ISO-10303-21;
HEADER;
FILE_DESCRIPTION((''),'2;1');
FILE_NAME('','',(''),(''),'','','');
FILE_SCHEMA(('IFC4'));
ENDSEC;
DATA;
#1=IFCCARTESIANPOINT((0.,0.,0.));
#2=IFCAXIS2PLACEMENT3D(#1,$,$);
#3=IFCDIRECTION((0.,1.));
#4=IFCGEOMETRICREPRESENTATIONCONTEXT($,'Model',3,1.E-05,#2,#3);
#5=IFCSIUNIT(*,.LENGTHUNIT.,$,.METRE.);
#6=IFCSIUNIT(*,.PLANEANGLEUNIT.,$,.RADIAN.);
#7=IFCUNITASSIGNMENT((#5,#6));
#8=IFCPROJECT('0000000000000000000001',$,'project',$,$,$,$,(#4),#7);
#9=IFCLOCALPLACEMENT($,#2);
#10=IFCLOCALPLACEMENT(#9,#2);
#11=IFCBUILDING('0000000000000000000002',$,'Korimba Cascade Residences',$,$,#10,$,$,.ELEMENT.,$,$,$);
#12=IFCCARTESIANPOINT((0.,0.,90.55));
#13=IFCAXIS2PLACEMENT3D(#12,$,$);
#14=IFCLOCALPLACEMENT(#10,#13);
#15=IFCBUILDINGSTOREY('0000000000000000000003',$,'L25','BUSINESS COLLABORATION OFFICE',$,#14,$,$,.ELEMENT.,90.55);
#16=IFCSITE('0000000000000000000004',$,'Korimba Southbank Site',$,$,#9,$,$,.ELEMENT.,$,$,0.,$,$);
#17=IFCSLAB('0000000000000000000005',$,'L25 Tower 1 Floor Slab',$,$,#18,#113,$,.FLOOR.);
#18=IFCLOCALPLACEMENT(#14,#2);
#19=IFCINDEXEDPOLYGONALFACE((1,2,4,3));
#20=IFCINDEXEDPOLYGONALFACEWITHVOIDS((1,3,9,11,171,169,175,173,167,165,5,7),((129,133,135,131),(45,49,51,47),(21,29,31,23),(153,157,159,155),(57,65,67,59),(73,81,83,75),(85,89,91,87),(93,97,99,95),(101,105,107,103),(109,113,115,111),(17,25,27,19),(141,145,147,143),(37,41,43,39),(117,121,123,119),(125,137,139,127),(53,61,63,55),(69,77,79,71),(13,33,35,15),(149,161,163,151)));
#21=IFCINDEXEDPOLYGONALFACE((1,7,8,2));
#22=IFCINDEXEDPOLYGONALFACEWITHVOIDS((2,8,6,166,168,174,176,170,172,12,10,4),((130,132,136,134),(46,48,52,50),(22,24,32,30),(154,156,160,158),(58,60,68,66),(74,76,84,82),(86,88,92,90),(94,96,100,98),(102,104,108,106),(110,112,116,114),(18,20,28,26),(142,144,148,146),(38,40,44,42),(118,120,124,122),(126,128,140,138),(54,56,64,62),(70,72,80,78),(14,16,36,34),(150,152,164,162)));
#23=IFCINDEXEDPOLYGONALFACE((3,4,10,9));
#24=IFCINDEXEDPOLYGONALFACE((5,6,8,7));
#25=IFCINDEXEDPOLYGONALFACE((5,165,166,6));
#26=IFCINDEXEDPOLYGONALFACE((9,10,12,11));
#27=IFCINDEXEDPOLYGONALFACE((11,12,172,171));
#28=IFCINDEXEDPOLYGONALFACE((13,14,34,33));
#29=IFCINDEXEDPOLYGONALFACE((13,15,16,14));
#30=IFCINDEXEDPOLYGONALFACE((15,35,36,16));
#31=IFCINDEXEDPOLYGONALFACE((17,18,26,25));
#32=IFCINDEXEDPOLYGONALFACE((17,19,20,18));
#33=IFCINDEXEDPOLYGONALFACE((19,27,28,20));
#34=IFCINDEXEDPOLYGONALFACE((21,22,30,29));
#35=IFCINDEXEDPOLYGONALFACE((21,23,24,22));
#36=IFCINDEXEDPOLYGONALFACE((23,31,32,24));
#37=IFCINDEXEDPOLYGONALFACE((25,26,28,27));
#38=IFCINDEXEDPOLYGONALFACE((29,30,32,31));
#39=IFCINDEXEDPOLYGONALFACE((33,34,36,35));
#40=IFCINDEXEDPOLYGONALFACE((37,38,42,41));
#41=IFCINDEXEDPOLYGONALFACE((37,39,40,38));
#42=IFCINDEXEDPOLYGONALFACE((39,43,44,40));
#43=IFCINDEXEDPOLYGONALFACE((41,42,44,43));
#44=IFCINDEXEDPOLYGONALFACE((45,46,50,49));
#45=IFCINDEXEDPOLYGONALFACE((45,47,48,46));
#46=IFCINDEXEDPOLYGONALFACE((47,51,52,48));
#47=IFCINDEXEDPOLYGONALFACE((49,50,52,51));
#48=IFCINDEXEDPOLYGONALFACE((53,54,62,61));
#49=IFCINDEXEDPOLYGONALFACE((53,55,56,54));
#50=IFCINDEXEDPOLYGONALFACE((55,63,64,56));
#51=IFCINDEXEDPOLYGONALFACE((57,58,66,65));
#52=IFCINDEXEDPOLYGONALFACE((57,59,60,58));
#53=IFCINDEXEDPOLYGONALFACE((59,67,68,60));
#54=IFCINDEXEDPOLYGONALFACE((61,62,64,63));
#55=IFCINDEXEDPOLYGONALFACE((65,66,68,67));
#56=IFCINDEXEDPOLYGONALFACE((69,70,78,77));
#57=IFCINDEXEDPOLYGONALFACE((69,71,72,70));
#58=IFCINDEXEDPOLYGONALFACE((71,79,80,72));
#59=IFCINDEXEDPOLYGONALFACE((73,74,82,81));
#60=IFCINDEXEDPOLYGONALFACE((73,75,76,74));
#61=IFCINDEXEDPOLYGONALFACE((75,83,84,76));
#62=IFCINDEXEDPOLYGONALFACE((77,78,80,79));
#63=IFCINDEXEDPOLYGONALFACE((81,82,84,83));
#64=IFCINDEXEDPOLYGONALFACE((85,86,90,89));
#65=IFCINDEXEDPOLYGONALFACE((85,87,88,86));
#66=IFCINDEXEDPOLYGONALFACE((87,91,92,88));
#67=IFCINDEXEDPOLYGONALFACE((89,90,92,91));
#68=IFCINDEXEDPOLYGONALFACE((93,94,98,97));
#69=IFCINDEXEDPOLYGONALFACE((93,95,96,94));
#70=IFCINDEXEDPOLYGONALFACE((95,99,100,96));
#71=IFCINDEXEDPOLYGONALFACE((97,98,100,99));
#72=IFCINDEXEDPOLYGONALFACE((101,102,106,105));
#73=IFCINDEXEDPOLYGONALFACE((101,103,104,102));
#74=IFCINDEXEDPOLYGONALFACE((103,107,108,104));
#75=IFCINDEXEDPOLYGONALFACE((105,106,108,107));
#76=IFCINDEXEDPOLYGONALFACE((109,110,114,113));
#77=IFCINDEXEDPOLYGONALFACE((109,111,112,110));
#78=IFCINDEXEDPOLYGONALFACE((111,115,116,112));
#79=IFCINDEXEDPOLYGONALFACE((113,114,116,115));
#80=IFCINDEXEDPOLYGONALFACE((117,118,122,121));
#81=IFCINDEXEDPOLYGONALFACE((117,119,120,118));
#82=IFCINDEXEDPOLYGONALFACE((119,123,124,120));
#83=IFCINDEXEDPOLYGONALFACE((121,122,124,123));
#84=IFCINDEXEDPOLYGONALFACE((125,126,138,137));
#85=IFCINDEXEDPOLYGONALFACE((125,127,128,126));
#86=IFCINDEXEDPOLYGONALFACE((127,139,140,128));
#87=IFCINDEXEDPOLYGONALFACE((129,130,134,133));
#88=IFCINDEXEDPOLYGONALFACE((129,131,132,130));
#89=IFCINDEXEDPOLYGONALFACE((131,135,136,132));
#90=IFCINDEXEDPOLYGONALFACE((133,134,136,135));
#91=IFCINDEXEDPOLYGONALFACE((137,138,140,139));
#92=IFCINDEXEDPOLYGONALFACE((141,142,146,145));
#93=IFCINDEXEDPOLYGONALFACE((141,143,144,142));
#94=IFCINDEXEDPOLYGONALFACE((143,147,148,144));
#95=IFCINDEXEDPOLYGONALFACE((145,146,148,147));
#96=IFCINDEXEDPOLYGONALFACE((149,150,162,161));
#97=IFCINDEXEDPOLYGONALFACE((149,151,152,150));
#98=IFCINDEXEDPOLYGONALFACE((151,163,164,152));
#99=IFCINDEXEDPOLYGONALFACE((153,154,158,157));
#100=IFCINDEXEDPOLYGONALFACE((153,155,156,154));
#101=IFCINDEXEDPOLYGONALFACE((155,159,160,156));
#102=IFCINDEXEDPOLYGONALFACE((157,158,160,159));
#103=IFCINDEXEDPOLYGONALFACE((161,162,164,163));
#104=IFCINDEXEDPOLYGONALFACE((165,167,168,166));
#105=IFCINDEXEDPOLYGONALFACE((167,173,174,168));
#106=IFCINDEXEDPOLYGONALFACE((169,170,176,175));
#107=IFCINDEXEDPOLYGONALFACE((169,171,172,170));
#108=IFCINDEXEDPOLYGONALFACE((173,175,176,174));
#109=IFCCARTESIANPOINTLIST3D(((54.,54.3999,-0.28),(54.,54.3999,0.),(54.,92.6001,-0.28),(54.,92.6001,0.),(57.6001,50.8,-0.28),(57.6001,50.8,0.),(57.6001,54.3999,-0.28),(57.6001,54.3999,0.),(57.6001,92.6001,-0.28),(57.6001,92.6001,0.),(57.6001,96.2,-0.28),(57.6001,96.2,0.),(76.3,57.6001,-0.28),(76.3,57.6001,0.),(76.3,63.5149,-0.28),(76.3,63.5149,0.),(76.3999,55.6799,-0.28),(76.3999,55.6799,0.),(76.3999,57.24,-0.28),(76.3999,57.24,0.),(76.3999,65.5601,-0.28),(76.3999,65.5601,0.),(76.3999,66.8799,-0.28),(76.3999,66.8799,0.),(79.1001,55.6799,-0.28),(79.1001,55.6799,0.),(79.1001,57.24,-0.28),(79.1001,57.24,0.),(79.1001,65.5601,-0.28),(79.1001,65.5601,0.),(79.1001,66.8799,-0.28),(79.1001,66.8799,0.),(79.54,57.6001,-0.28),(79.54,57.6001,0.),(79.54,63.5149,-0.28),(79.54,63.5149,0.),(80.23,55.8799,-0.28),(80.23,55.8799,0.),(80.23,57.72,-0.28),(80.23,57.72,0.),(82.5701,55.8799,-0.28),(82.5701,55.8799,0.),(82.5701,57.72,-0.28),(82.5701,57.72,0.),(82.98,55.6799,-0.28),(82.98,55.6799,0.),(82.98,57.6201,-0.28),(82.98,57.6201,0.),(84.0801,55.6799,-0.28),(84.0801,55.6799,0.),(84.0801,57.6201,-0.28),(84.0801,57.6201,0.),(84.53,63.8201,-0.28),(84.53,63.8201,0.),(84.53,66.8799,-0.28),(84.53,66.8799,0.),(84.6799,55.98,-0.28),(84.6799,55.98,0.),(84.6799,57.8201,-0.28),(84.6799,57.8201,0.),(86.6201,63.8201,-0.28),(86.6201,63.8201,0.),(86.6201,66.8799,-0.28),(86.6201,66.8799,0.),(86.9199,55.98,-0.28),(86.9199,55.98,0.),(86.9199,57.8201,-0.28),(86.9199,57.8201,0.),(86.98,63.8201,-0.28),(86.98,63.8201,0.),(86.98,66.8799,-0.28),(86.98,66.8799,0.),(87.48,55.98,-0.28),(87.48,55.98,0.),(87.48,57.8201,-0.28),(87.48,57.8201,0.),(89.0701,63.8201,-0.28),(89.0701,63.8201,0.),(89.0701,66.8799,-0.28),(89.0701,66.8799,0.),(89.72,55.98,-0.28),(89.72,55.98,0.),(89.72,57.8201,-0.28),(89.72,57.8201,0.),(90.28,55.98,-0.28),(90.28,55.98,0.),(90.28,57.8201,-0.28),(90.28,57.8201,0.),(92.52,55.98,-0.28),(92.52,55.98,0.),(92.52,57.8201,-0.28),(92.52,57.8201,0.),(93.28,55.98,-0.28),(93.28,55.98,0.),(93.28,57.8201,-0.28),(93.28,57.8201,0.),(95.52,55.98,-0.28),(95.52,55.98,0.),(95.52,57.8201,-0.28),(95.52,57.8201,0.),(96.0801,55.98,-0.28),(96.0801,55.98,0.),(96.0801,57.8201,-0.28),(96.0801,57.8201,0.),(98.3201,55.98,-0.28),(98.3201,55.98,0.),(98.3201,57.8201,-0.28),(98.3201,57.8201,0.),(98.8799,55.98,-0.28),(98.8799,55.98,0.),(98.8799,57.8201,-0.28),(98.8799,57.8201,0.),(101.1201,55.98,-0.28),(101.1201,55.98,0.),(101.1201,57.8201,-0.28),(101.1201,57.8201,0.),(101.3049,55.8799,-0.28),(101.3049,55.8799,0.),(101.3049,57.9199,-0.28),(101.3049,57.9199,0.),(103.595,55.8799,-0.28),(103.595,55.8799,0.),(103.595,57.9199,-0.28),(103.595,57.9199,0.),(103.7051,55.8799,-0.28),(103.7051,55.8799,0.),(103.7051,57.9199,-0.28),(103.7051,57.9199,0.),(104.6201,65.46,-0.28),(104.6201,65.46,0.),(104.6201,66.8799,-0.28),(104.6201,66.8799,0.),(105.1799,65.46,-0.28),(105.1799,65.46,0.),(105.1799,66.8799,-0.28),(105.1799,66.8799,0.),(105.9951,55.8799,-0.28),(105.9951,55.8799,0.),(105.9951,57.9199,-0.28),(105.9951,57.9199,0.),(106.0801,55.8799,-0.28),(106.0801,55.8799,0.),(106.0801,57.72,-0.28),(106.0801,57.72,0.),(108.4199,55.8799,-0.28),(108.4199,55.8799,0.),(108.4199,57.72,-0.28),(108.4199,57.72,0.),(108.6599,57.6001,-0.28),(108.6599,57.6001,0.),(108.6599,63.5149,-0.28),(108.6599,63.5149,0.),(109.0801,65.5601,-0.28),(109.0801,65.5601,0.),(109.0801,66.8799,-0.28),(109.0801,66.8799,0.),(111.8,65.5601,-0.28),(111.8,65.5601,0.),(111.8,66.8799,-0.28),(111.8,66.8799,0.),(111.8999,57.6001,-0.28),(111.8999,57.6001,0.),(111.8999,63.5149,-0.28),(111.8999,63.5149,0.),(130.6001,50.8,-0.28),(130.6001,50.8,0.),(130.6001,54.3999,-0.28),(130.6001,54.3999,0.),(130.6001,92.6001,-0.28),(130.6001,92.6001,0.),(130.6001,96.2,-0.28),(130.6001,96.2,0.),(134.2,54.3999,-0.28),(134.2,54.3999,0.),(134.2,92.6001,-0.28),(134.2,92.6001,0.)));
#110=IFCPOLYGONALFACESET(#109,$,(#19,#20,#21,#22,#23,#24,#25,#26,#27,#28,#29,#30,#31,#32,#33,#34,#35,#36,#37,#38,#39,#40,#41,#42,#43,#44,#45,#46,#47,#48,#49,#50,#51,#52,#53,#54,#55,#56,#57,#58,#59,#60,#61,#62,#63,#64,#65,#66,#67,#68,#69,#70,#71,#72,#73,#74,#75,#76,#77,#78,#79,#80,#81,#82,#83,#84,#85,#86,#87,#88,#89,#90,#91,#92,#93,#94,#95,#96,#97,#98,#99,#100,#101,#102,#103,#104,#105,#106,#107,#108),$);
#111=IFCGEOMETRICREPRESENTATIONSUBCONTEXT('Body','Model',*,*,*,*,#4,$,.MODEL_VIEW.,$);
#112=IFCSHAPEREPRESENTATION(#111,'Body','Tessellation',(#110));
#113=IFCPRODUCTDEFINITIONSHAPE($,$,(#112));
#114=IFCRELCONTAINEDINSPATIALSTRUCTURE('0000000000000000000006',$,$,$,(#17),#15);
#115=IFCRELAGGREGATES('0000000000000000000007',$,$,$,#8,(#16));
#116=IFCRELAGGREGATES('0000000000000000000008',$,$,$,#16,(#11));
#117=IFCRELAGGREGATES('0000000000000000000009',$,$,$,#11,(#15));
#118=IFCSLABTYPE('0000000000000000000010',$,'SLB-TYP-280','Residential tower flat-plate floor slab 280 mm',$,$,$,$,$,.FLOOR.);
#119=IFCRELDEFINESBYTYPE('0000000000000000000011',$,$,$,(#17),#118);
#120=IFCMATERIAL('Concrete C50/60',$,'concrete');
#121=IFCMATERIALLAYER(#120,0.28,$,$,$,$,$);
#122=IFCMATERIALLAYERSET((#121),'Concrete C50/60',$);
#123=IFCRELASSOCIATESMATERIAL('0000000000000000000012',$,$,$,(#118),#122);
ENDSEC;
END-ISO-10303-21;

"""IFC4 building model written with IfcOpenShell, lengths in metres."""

from ifc_helpers import new_model, si_unit, direction, frame, origin, place, context, subcontext, project, spatial, polyline, outline, extrude, material, layer, layer_set, type_object, element, save


model = new_model("IFC4")

# Units and contexts
model_context = context("Model", 3, precision=1e-05, world=origin(), true_north=direction((0.0, 1.0)))
body_context = subcontext(model_context, "Body", "Model", "MODEL_VIEW")
ifc_project = project(units=[si_unit("LENGTHUNIT", "METRE"), si_unit("PLANEANGLEUNIT", "RADIAN")], contexts=[model_context])

# Site, building, storey
site_placement = place(None, origin())
site = spatial("IfcSite", under=ifc_project, at=site_placement, Name="Korimba Southbank Site", CompositionType="ELEMENT", RefElevation=0.0)
building_placement = place(site_placement, origin())
building = spatial("IfcBuilding", under=site, at=building_placement, Name="Korimba Cascade Residences", CompositionType="ELEMENT")
storey_placement = place(building_placement, frame((0.0, 0.0, 90.55)))
storey = spatial("IfcBuildingStorey", under=building, at=storey_placement, Name="L25", Description="BUSINESS COLLABORATION OFFICE", CompositionType="ELEMENT", Elevation=90.55)

# Shared definitions
ifc_material_1 = material(Name="Concrete C50/60", Category="concrete")

# Slab
ifc_layer_1 = layer(ifc_material_1, 0.28)
ifc_layer_set_1 = layer_set([ifc_layer_1], Name="Concrete C50/60")
slab_type_1 = type_object("IfcSlabType", Name="SLB-TYP-280", Description="Residential tower flat-plate floor slab 280 mm", PredefinedType="FLOOR", material=ifc_layer_set_1)
slab_1_placement = place(storey_placement, frame((0.0, 0.0, -0.28)))
element("IfcSlab", 1, at=slab_1_placement, inside=storey, type_object=slab_type_1, Name="L25 Tower 1 Floor Slab", PredefinedType="FLOOR", context=body_context, shape_type="SweptSolid", body=[
    extrude(outline(polyline([(57.6001, 50.8), (130.6001, 50.8), (130.6001, 54.3999), (134.2, 54.3999), (134.2, 92.6001), (130.6001, 92.6001), (130.6001, 96.2), (57.6001, 96.2), (57.6001, 92.6001), (54.0, 92.6001), (54.0, 54.3999), (57.6001, 54.3999), (57.6001, 50.8)]), holes=[polyline([(76.3, 63.5149), (76.3, 57.6001), (79.54, 57.6001), (79.54, 63.5149), (76.3, 63.5149)]), polyline([(108.6599, 63.5149), (108.6599, 57.6001), (111.8999, 57.6001), (111.8999, 63.5149), (108.6599, 63.5149)]), polyline([(80.23, 55.8799), (82.5701, 55.8799), (82.5701, 57.72), (80.23, 57.72), (80.23, 55.8799)]), polyline([(106.0801, 55.8799), (108.4199, 55.8799), (108.4199, 57.72), (106.0801, 57.72), (106.0801, 55.8799)]), polyline([(84.6799, 55.98), (86.9199, 55.98), (86.9199, 57.8201), (84.6799, 57.8201), (84.6799, 55.98)]), polyline([(87.48, 55.98), (89.72, 55.98), (89.72, 57.8201), (87.48, 57.8201), (87.48, 55.98)]), polyline([(90.28, 55.98), (92.52, 55.98), (92.52, 57.8201), (90.28, 57.8201), (90.28, 55.98)]), polyline([(93.28, 55.98), (95.52, 55.98), (95.52, 57.8201), (93.28, 57.8201), (93.28, 55.98)]), polyline([(96.0801, 55.98), (98.3201, 55.98), (98.3201, 57.8201), (96.0801, 57.8201), (96.0801, 55.98)]), polyline([(98.8799, 55.98), (101.1201, 55.98), (101.1201, 57.8201), (98.8799, 57.8201), (98.8799, 55.98)]), polyline([(101.3049, 55.8799), (103.595, 55.8799), (103.595, 57.9199), (101.3049, 57.9199), (101.3049, 55.8799)]), polyline([(103.7051, 55.8799), (105.9951, 55.8799), (105.9951, 57.9199), (103.7051, 57.9199), (103.7051, 55.8799)]), polyline([(82.98, 55.6799), (84.0801, 55.6799), (84.0801, 57.6201), (82.98, 57.6201), (82.98, 55.6799)]), polyline([(76.3999, 65.5601), (79.1001, 65.5601), (79.1001, 66.8799), (76.3999, 66.8799), (76.3999, 65.5601)]), polyline([(76.3999, 55.6799), (79.1001, 55.6799), (79.1001, 57.24), (76.3999, 57.24), (76.3999, 55.6799)]), polyline([(84.53, 63.8201), (86.6201, 63.8201), (86.6201, 66.8799), (84.53, 66.8799), (84.53, 63.8201)]), polyline([(86.98, 63.8201), (89.0701, 63.8201), (89.0701, 66.8799), (86.98, 66.8799), (86.98, 63.8201)]), polyline([(104.6201, 65.46), (105.1799, 65.46), (105.1799, 66.8799), (104.6201, 66.8799), (104.6201, 65.46)]), polyline([(109.0801, 65.5601), (111.8, 65.5601), (111.8, 66.8799), (109.0801, 66.8799), (109.0801, 65.5601)])]), origin(), (0.0, 0.0, 1.0), 0.28),
])

save(model, "model.ifc")
